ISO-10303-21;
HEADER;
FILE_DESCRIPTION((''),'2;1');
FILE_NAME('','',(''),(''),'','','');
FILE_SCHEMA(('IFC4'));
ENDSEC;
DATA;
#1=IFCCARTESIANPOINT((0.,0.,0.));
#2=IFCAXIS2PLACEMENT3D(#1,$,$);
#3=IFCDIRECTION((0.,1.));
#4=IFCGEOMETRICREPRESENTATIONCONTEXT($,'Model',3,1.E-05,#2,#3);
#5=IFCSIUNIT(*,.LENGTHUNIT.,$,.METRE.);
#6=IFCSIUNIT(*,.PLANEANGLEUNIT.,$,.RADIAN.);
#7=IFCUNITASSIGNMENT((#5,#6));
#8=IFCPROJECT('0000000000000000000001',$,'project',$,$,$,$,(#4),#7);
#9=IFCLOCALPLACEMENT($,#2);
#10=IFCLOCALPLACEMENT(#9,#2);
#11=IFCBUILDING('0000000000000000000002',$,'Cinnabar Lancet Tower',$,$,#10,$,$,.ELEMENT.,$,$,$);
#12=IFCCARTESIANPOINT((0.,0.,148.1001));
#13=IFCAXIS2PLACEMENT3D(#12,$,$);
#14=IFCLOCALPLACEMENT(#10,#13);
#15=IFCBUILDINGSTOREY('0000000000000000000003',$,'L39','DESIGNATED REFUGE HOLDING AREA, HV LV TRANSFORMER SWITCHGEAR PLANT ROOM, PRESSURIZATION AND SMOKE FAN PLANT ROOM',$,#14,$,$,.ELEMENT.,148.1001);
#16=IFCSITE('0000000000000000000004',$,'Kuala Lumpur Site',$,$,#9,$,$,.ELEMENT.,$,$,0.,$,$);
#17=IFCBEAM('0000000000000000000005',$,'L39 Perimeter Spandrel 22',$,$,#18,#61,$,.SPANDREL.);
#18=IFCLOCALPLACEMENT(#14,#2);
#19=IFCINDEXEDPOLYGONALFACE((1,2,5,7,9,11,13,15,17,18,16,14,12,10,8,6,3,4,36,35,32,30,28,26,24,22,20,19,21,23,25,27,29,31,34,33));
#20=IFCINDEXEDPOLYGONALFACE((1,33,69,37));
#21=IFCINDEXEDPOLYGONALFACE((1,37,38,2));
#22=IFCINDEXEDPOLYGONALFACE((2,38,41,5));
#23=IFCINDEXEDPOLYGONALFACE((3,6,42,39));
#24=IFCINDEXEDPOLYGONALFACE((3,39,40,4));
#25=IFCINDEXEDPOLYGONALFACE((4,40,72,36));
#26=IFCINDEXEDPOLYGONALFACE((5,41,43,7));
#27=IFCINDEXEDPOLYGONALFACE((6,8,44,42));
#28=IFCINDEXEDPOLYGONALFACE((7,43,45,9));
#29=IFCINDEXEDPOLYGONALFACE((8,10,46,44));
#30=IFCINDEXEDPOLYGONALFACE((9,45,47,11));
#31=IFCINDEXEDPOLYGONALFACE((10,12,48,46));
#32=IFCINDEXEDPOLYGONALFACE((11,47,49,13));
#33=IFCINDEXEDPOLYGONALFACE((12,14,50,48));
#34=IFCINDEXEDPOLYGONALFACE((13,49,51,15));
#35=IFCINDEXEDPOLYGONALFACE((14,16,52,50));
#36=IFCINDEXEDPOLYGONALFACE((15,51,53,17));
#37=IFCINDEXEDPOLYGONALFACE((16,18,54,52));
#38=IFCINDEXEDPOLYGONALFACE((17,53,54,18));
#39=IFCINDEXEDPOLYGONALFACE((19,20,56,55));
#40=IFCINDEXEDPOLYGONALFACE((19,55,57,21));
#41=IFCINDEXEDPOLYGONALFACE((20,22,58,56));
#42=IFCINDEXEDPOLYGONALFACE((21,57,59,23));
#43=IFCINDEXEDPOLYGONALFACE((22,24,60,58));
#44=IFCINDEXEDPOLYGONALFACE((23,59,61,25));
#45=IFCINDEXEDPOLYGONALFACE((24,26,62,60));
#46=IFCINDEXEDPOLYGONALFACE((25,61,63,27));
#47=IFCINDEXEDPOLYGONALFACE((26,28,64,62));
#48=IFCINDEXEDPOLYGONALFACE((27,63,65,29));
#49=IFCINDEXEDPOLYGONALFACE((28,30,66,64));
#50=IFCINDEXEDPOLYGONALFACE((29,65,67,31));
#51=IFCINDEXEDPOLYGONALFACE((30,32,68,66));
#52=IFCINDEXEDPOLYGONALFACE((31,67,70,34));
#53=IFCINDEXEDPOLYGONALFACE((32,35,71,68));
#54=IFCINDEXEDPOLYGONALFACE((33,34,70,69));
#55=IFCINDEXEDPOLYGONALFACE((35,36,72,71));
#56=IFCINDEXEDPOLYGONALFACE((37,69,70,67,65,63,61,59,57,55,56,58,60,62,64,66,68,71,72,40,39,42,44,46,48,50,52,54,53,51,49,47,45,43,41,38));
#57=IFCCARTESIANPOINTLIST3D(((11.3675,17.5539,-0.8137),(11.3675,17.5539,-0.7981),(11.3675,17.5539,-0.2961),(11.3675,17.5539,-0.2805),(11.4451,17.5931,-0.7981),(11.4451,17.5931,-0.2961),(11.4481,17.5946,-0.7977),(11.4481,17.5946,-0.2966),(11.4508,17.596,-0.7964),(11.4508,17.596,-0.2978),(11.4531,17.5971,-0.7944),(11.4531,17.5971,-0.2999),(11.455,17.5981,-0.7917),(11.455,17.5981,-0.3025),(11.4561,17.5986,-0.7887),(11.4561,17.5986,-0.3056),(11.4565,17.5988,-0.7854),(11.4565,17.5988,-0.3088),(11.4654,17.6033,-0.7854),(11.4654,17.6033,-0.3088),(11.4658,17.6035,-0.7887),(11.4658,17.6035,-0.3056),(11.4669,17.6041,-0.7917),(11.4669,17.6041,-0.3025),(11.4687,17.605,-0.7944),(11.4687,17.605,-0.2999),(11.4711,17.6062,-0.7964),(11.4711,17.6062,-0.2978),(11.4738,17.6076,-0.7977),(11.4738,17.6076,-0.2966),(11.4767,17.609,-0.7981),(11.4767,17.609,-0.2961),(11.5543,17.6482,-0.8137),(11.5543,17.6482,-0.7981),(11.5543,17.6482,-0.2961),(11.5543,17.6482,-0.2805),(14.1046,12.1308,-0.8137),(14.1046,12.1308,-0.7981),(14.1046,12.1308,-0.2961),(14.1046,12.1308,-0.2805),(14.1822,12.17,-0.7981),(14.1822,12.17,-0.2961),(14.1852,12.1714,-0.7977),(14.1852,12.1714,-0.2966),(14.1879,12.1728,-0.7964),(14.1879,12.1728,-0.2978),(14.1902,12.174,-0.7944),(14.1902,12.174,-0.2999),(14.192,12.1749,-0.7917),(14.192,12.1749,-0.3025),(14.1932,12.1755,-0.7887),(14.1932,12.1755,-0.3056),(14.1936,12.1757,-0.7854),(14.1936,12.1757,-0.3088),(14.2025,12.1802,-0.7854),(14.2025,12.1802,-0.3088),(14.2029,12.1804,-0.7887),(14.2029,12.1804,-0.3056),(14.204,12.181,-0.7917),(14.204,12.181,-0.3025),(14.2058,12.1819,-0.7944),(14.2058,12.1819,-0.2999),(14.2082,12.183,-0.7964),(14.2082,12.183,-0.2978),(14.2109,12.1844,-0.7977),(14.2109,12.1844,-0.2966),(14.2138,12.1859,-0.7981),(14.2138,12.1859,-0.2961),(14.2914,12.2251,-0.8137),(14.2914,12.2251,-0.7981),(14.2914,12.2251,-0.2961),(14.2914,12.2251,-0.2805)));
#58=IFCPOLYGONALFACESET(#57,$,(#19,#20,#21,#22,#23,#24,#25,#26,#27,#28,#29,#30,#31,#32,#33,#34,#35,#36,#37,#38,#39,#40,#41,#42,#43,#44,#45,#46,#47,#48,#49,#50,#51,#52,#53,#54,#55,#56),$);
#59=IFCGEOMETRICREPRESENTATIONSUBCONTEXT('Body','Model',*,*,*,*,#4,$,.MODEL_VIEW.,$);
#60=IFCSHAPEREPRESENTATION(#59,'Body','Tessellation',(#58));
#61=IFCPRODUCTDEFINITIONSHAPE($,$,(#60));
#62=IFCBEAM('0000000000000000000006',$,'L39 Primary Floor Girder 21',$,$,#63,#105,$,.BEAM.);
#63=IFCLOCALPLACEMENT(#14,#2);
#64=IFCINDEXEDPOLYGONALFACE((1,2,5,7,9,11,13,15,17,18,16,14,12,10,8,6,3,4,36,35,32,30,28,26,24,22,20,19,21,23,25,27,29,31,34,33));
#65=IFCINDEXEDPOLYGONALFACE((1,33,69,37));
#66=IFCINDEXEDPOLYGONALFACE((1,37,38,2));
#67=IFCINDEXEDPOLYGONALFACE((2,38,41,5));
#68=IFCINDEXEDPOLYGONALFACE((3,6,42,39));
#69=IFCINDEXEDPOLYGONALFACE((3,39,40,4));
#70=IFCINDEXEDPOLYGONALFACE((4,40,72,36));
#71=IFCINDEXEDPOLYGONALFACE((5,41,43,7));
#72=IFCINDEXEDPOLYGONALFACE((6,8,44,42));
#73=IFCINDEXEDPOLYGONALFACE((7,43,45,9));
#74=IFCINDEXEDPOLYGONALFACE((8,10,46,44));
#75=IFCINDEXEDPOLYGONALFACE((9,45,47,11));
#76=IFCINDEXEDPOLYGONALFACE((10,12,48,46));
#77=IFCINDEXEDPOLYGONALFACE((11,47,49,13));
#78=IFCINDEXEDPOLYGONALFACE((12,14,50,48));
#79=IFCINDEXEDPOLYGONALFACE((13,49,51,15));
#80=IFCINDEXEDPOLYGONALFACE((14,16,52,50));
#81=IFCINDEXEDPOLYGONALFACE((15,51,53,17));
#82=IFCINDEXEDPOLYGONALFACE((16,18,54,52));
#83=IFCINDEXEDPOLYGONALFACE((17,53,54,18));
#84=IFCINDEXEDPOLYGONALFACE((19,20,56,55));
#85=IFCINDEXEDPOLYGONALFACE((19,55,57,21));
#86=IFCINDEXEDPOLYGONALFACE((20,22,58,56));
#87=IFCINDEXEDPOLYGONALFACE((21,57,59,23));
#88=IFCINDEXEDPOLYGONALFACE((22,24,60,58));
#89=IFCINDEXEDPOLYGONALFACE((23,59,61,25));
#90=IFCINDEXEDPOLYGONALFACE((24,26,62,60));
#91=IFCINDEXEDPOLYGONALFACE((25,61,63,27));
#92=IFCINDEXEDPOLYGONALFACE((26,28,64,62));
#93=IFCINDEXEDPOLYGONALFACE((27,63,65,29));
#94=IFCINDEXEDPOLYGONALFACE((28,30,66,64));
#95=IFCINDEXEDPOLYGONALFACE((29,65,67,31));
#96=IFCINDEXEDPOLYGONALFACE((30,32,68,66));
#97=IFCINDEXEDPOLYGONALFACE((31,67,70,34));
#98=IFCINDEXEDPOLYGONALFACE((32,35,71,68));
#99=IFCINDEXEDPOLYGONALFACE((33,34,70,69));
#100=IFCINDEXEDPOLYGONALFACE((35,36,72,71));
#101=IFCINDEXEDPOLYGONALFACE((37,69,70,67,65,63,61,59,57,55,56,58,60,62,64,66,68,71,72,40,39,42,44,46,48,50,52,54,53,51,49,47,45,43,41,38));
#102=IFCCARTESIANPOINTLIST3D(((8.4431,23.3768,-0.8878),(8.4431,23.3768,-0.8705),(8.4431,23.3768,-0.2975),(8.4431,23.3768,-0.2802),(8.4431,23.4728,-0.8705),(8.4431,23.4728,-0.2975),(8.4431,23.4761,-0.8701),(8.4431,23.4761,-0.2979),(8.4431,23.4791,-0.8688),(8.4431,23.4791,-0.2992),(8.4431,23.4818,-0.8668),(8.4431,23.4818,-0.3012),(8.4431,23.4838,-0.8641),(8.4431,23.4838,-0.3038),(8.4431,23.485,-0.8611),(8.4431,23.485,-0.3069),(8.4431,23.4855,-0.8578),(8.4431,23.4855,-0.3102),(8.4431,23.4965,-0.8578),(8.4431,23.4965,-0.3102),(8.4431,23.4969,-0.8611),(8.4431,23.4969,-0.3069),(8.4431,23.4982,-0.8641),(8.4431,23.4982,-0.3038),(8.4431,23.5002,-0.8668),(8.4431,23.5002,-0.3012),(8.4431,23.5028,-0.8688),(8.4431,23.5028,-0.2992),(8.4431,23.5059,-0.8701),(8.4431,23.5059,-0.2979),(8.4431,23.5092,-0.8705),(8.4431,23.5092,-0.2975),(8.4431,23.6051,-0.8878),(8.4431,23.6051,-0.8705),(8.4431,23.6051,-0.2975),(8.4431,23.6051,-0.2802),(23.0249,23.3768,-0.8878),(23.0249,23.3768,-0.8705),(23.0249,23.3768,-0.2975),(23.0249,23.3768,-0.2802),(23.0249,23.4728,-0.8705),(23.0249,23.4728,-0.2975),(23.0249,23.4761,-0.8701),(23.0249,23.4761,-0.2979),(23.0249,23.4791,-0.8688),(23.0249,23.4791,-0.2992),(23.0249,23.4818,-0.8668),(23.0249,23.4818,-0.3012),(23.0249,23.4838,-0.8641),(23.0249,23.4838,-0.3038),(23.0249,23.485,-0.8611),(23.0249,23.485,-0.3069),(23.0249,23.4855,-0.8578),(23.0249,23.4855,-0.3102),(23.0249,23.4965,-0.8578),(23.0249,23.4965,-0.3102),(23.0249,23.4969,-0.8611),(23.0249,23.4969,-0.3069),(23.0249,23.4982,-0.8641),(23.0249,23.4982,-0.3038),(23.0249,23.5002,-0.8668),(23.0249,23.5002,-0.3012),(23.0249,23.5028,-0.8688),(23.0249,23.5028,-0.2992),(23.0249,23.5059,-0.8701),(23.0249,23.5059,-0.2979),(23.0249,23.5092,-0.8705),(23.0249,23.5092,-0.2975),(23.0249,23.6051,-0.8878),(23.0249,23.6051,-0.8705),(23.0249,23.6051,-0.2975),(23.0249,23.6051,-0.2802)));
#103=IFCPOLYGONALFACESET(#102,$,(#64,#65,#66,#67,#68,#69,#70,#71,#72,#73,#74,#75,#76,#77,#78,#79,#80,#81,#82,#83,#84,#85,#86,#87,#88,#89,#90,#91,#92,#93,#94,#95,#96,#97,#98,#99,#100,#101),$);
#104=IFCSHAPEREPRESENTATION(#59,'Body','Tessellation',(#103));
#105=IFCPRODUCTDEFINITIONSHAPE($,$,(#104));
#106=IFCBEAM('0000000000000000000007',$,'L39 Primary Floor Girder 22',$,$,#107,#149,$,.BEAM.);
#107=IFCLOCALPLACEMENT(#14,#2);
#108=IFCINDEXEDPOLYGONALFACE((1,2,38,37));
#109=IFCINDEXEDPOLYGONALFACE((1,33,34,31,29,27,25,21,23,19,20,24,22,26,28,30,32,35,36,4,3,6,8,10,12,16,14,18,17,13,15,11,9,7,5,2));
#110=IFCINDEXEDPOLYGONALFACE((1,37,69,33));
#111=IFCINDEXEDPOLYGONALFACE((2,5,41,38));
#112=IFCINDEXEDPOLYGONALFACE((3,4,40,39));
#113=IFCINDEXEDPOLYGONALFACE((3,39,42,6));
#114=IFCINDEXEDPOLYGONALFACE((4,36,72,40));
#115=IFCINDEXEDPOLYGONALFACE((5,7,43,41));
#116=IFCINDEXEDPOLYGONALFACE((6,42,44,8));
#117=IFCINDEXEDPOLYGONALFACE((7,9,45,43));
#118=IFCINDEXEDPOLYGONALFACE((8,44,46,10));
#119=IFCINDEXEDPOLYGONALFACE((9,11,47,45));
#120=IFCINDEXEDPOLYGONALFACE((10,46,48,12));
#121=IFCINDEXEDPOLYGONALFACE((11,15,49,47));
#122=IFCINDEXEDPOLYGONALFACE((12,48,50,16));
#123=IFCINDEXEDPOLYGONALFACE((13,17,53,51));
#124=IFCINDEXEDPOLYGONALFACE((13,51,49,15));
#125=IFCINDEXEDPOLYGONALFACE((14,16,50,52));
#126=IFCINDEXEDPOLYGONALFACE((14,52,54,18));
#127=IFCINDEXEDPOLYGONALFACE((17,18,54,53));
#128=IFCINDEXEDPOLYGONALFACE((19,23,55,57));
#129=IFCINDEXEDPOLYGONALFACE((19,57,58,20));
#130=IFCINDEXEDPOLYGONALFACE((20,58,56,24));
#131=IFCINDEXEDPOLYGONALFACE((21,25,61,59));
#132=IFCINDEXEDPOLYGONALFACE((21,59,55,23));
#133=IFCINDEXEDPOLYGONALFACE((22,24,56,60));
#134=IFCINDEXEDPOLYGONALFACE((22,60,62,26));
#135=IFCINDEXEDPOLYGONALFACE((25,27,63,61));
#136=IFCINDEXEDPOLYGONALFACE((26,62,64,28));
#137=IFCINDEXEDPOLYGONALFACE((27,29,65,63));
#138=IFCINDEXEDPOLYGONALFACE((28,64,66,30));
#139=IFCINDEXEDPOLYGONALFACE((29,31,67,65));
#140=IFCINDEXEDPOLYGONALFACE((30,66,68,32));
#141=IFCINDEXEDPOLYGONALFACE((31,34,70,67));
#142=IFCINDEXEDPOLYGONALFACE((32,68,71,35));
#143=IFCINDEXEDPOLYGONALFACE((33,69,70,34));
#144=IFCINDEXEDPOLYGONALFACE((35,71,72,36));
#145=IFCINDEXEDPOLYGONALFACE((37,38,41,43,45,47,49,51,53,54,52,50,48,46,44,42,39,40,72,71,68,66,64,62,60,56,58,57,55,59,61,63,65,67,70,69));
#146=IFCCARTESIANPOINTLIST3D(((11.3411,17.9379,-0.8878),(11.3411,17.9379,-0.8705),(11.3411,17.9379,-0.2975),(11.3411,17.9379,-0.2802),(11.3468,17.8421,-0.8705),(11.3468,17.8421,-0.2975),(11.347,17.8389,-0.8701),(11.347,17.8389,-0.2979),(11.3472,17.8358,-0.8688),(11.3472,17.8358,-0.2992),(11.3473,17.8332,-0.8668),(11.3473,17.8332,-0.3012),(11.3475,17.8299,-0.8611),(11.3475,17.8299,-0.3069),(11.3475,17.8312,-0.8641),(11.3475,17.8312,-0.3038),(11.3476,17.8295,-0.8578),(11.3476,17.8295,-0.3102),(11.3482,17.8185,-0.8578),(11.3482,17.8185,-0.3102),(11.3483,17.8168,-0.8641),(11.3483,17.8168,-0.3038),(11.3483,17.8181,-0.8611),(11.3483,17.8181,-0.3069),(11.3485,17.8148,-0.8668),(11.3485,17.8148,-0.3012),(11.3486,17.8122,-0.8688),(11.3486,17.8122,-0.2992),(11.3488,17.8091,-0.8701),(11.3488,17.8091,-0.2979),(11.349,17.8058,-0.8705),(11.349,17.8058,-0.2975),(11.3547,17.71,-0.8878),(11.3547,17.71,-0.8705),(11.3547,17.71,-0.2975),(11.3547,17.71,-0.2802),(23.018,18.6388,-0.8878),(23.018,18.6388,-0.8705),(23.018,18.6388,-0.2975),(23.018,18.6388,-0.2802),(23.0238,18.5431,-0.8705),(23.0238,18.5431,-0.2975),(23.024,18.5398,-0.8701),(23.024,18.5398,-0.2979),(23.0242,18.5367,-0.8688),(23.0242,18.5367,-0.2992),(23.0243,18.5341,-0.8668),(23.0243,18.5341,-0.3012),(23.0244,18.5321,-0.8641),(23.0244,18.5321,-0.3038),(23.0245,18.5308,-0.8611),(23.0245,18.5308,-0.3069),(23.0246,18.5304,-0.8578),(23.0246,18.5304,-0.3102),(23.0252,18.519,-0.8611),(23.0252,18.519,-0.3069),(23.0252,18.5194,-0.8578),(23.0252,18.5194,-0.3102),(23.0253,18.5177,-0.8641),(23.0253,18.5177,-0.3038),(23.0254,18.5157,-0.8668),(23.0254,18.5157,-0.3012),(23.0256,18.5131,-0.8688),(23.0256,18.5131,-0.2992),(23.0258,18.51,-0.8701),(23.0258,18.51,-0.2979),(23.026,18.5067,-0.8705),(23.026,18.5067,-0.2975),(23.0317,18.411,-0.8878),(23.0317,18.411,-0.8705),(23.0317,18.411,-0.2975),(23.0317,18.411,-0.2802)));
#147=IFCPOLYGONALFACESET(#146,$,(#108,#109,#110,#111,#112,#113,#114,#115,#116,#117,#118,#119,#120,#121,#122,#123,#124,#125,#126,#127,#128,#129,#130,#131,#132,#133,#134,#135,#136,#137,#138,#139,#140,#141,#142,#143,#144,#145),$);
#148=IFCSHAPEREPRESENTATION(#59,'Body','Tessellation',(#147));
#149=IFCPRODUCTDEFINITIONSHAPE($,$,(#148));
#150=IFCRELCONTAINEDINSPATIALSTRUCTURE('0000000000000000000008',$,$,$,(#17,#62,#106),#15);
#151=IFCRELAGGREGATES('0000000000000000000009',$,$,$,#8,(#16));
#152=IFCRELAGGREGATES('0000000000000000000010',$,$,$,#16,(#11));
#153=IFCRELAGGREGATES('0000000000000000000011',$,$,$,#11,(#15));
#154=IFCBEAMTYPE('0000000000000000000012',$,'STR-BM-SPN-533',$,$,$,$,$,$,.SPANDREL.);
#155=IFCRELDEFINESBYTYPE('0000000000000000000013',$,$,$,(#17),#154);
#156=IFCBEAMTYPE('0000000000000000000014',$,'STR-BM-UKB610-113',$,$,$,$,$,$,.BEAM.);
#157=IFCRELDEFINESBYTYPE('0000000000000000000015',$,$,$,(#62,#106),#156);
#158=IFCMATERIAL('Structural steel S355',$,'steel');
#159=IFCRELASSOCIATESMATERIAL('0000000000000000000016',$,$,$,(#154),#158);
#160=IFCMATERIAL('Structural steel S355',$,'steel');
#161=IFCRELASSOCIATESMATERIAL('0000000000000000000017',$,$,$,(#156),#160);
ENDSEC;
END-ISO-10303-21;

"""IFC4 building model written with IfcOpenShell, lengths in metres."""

from ifc_helpers import new_model, si_unit, direction, frame, origin, origin_2d, place, context, subcontext, project, spatial, i_section, extrude, material, material_profile, profile_set, type_object, element, save


model = new_model("IFC4")

# Units and contexts
model_context = context("Model", 3, precision=1e-05, world=origin(), true_north=direction((0.0, 1.0)))
body_context = subcontext(model_context, "Body", "Model", "MODEL_VIEW")
ifc_project = project(units=[si_unit("LENGTHUNIT", "METRE"), si_unit("PLANEANGLEUNIT", "RADIAN")], contexts=[model_context])

# Site, building, storey
site_placement = place(None, origin())
site = spatial("IfcSite", under=ifc_project, at=site_placement, Name="Kuala Lumpur Site", CompositionType="ELEMENT", RefElevation=0.0)
building_placement = place(site_placement, origin())
building = spatial("IfcBuilding", under=site, at=building_placement, Name="Cinnabar Lancet Tower", CompositionType="ELEMENT")
storey_placement = place(building_placement, frame((0.0, 0.0, 148.1001)))
storey = spatial("IfcBuildingStorey", under=building, at=storey_placement, Name="L39", Description="DESIGNATED REFUGE HOLDING AREA, HV LV TRANSFORMER SWITCHGEAR PLANT ROOM, PRESSURIZATION AND SMOKE FAN PLANT ROOM", CompositionType="ELEMENT", Elevation=148.1001)

# Beams
ifc_material_1 = material(Name="Structural steel S355", Category="steel")
ifc_material_profile_1 = material_profile(ifc_material_1, i_section(OverallWidth=0.2092, OverallDepth=0.5332, WebThickness=0.01, FlangeThickness=0.0156, FilletRadius=0.0127, at=origin_2d()), Name="UKB 533x210x92")
ifc_profile_set_1 = profile_set([ifc_material_profile_1], Name="Structural steel S355")
beam_type_1 = type_object("IfcBeamType", Name="STR-BM-SPN-533", PredefinedType="SPANDREL", material=ifc_profile_set_1)
beam_1_placement = place(storey_placement, frame((11.4609, 17.6011, -0.5471), z_axis=(0.45057, -0.892741, 0.0), x_axis=(0.892741, 0.45057, 0.0)))
element("IfcBeam", 1, at=beam_1_placement, inside=storey, type_object=beam_type_1, Name="L39 Perimeter Spandrel 22", PredefinedType="SPANDREL", context=body_context, shape_type="SweptSolid", body=[
    extrude(i_section(OverallWidth=0.2092, OverallDepth=0.5332, WebThickness=0.01, FlangeThickness=0.0156, FilletRadius=0.0127, at=origin_2d()), origin(), (0.0, 0.0, 1.0), 6.0747),
])
ifc_material_2 = material(Name="Structural steel S355", Category="steel")
ifc_material_profile_2 = material_profile(ifc_material_2, i_section(OverallWidth=0.2283, OverallDepth=0.6077, WebThickness=0.011, FlangeThickness=0.0173, FilletRadius=0.0127, at=origin_2d()), Name="UKB 610x229x113")
ifc_profile_set_2 = profile_set([ifc_material_profile_2], Name="Structural steel S355")
beam_type_2 = type_object("IfcBeamType", Name="STR-BM-UKB610-113", PredefinedType="BEAM", material=ifc_profile_set_2)
beam_2_placement = place(storey_placement, frame((8.4431, 23.491, -0.584), z_axis=(1.0, 0.0, 0.0), x_axis=(0.0, 1.0, 0.0)))
element("IfcBeam", 2, at=beam_2_placement, inside=storey, type_object=beam_type_2, Name="L39 Primary Floor Girder 21", PredefinedType="BEAM", context=body_context, shape_type="SweptSolid", body=[
    extrude(i_section(OverallWidth=0.2283, OverallDepth=0.6077, WebThickness=0.011, FlangeThickness=0.0173, FilletRadius=0.0127, at=origin_2d()), origin(), (0.0, 0.0, 1.0), 14.5818),
])
beam_3_placement = place(storey_placement, frame((11.3479, 17.824, -0.584), z_axis=(0.998203, 0.059918, 0.0), x_axis=(-0.059918, 0.998203, 0.0)))
element("IfcBeam", 3, at=beam_3_placement, inside=storey, type_object=beam_type_2, Name="L39 Primary Floor Girder 22", PredefinedType="BEAM", context=body_context, shape_type="SweptSolid", body=[
    extrude(i_section(OverallWidth=0.2283, OverallDepth=0.6077, WebThickness=0.011, FlangeThickness=0.0173, FilletRadius=0.0127, at=origin_2d()), origin(), (0.0, 0.0, 1.0), 11.698),
])

save(model, "model.ifc")
